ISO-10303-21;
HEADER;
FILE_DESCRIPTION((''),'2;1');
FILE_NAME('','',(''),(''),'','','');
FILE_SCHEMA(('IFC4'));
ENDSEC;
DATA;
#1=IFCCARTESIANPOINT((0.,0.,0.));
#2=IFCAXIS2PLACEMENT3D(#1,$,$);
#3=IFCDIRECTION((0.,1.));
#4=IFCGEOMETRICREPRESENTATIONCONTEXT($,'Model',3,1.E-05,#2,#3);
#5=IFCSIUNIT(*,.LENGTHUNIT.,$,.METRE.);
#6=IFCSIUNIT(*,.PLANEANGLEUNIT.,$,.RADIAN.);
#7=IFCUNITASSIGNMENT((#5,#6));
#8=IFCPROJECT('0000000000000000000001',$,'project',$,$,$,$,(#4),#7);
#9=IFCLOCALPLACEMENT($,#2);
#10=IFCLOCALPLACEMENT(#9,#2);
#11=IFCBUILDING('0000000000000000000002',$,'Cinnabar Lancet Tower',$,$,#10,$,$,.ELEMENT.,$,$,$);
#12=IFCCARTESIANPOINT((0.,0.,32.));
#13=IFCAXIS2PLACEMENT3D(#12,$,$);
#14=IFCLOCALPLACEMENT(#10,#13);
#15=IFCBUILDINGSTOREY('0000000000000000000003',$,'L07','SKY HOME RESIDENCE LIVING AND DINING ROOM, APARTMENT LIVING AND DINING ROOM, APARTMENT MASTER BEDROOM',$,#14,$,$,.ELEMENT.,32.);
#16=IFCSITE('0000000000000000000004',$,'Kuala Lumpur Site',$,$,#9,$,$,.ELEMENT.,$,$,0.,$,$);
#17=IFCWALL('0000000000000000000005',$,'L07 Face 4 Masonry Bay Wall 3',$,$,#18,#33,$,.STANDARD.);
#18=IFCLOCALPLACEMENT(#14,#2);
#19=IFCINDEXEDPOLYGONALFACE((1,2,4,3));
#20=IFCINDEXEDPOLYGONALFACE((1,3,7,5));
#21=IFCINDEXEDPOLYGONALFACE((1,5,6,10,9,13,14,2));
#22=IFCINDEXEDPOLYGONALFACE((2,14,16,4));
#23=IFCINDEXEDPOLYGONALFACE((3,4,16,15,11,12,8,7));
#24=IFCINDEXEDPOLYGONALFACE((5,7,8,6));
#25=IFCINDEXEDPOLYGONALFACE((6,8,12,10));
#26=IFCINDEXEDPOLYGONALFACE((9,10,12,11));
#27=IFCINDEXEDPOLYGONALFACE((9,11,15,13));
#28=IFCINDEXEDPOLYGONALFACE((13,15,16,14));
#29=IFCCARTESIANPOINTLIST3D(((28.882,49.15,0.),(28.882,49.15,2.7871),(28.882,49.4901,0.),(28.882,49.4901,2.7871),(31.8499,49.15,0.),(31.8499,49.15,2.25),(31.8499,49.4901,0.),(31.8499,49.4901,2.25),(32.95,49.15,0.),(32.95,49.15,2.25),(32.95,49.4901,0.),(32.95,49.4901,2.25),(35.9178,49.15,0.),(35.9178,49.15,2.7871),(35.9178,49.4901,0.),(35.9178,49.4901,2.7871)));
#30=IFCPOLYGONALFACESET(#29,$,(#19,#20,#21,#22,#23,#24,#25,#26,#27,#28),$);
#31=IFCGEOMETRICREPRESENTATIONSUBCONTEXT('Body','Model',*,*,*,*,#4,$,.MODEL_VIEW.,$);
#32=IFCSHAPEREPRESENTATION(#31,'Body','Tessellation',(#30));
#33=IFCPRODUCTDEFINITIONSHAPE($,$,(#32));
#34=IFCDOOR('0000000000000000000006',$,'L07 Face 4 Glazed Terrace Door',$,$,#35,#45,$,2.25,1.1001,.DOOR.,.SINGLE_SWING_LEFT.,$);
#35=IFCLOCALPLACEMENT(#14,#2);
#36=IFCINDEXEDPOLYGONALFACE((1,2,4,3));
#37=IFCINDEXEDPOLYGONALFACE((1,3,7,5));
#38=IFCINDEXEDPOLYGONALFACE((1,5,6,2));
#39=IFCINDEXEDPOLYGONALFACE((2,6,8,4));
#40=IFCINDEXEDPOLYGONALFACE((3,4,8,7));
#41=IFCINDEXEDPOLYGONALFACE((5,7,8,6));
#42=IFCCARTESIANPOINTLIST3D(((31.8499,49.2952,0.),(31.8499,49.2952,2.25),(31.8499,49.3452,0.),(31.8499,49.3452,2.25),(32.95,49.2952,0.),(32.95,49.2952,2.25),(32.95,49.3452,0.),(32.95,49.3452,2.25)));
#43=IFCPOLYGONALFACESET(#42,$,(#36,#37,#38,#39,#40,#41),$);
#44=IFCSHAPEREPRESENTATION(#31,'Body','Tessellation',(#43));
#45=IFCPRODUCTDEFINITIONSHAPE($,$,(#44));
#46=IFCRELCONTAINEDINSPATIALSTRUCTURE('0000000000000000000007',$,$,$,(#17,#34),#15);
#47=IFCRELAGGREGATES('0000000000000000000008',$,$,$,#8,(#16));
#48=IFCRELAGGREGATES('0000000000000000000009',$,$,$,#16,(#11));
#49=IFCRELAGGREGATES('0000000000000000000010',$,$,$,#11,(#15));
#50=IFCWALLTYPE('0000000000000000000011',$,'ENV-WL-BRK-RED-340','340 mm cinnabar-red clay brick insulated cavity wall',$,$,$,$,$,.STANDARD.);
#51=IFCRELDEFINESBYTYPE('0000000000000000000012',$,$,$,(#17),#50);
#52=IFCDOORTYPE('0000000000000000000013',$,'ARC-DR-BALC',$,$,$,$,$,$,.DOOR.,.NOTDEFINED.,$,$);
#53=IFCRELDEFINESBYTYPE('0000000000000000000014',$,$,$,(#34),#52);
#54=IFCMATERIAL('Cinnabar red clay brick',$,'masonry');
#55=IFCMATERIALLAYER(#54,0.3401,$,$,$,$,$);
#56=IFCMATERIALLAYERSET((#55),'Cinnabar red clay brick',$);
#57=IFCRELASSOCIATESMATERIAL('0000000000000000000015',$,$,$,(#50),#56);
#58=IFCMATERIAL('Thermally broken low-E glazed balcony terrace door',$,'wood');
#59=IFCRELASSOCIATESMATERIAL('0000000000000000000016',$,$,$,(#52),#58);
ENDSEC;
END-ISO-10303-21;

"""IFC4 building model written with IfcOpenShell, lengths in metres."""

from ifc_helpers import new_model, si_unit, direction, frame, frame_2d, origin, place, context, subcontext, project, spatial, rectangle, extrude, material, layer, layer_set, type_object, element, fill, save


model = new_model("IFC4")

# Units and contexts
model_context = context("Model", 3, precision=1e-05, world=origin(), true_north=direction((0.0, 1.0)))
body_context = subcontext(model_context, "Body", "Model", "MODEL_VIEW")
ifc_project = project(units=[si_unit("LENGTHUNIT", "METRE"), si_unit("PLANEANGLEUNIT", "RADIAN")], contexts=[model_context])

# Site, building, storey
site_placement = place(None, origin())
site = spatial("IfcSite", under=ifc_project, at=site_placement, Name="Kuala Lumpur Site", CompositionType="ELEMENT", RefElevation=0.0)
building_placement = place(site_placement, origin())
building = spatial("IfcBuilding", under=site, at=building_placement, Name="Cinnabar Lancet Tower", CompositionType="ELEMENT")
storey_placement = place(building_placement, frame((0.0, 0.0, 32.0)))
storey = spatial("IfcBuildingStorey", under=building, at=storey_placement, Name="L07", Description="SKY HOME RESIDENCE LIVING AND DINING ROOM, APARTMENT LIVING AND DINING ROOM, APARTMENT MASTER BEDROOM", CompositionType="ELEMENT", Elevation=32.0)

# Shared definitions
ifc_material_1 = material(Name="Cinnabar red clay brick", Category="masonry")
ifc_layer_1 = layer(ifc_material_1, 0.3401)
ifc_layer_set_1 = layer_set([ifc_layer_1], Name="Cinnabar red clay brick")
wall_type_1 = type_object("IfcWallType", Name="ENV-WL-BRK-RED-340", Description="340 mm cinnabar-red clay brick insulated cavity wall", PredefinedType="STANDARD", material=ifc_layer_set_1)

# Wall, opening, door
wall_1_placement = place(storey_placement, frame((35.918, 49.3201, 0.0), z_axis=(0.0, 0.0, 1.0), x_axis=(-1.0, 0.0, 0.0)))
wall_1 = element("IfcWall", 1, at=wall_1_placement, inside=storey, type_object=wall_type_1, Name="L07 Face 4 Masonry Bay Wall 3", PredefinedType="STANDARD", context=body_context, shape_type="SweptSolid", body=[
    extrude(rectangle(XDim=7.0359, YDim=0.3401, at=frame_2d((3.5181, 0.0))), origin(), (0.0, 0.0, 1.0), 2.7871),
])
opening_1_placement = place(wall_1_placement, frame((2.968, 0.0, 0.0)))
opening_1 = element("IfcOpeningElement", 2, at=opening_1_placement, cuts=wall_1, PredefinedType="OPENING", context=body_context, shape_type="SweptSolid", body=[
    extrude(rectangle(XDim=1.1001, YDim=2.25, at=frame_2d((0.55, 1.125))), frame((0.0, 0.1799, 0.0), z_axis=(0.0, -1.0, 0.0), x_axis=(1.0, 0.0, 0.0)), (0.0, 0.0, 1.0), 0.3601),
])
ifc_material_2 = material(Name="Thermally broken low-E glazed balcony terrace door", Category="wood")
door_type_1 = type_object("IfcDoorType", Name="ARC-DR-BALC", OperationType="NOTDEFINED", PredefinedType="DOOR", material=ifc_material_2)
door_1_placement = place(opening_1_placement, origin())
door_1 = element("IfcDoor", 3, at=door_1_placement, inside=storey, type_object=door_type_1, Name="L07 Face 4 Glazed Terrace Door", OperationType="SINGLE_SWING_LEFT", OverallHeight=2.25, OverallWidth=1.1001, PredefinedType="DOOR", context=body_context, shape_type="SweptSolid", body=[
    extrude(rectangle(XDim=1.1001, YDim=2.25, at=frame_2d((0.55, 1.125))), frame((0.0, 0.0249, 0.0), z_axis=(0.0, -1.0, 0.0), x_axis=(1.0, 0.0, 0.0)), (0.0, 0.0, 1.0), 0.05),
])
fill(opening_1, door_1)

save(model, "model.ifc")
